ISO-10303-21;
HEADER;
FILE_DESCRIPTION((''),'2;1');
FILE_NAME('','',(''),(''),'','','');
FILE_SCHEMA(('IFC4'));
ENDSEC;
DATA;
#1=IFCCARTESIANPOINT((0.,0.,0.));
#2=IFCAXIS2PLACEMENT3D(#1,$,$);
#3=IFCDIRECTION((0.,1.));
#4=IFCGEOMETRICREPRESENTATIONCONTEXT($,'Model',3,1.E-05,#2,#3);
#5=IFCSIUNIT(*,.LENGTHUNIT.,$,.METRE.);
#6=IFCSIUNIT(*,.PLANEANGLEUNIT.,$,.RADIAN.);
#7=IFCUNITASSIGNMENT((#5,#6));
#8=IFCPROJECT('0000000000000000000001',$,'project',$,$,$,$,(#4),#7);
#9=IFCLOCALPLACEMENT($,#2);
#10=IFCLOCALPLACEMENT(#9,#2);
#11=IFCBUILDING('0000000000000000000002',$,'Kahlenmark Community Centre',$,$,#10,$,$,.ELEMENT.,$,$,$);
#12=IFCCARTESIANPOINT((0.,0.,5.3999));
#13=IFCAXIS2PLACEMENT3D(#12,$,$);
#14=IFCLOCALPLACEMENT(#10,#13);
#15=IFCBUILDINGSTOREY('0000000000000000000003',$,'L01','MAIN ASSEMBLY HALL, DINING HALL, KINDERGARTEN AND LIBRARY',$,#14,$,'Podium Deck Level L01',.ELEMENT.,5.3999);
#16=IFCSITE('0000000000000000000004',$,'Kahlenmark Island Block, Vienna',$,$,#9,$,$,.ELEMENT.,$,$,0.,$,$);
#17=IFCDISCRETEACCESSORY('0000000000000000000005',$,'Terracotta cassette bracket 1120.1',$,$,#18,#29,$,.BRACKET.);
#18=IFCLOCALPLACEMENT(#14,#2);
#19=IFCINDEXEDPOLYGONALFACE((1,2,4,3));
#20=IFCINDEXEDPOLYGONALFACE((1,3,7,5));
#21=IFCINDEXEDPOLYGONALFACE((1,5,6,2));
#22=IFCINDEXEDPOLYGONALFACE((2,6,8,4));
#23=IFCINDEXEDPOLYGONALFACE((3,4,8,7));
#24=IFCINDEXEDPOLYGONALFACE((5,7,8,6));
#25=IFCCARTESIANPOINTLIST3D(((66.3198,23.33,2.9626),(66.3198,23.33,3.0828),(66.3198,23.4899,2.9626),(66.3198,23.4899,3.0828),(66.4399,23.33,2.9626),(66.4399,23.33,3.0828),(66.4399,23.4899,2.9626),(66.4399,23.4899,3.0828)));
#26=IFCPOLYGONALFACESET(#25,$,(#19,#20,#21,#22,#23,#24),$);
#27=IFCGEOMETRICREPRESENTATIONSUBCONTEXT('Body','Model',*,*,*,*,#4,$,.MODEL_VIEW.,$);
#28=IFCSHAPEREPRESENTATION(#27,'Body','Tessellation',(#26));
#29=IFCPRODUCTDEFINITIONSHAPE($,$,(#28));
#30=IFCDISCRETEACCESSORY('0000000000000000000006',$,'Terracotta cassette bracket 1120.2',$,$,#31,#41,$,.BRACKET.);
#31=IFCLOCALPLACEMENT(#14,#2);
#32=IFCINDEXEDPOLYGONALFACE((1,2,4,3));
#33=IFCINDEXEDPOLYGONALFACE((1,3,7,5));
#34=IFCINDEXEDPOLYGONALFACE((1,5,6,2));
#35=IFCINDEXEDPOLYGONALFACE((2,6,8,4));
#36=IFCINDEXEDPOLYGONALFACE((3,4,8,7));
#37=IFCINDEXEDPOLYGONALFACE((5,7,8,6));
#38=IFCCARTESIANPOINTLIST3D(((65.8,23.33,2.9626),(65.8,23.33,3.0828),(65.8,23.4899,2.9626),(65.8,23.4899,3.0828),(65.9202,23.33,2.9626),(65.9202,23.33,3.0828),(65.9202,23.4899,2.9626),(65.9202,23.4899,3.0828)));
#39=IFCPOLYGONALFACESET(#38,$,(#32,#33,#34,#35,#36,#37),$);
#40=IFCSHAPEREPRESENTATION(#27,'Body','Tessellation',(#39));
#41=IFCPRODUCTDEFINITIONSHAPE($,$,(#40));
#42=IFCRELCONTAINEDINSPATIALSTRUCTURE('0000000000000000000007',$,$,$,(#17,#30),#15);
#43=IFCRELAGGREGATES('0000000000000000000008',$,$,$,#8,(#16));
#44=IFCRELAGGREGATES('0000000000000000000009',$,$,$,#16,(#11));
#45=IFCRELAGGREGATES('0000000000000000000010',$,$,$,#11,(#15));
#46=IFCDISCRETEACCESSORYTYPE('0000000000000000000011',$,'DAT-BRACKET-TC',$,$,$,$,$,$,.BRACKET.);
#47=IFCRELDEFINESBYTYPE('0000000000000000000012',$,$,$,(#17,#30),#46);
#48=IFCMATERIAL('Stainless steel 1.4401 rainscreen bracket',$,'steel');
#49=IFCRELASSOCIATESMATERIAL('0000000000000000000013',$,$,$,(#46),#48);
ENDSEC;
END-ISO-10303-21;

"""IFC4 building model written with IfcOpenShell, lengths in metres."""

from ifc_helpers import new_model, si_unit, direction, frame, origin, origin_2d, place, context, subcontext, project, spatial, rectangle, extrude, material, type_object, element, save


model = new_model("IFC4")

# Units and contexts
model_context = context("Model", 3, precision=1e-05, world=origin(), true_north=direction((0.0, 1.0)))
body_context = subcontext(model_context, "Body", "Model", "MODEL_VIEW")
ifc_project = project(units=[si_unit("LENGTHUNIT", "METRE"), si_unit("PLANEANGLEUNIT", "RADIAN")], contexts=[model_context])

# Site, building, storey
site_placement = place(None, origin())
site = spatial("IfcSite", under=ifc_project, at=site_placement, Name="Kahlenmark Island Block, Vienna", CompositionType="ELEMENT", RefElevation=0.0)
building_placement = place(site_placement, origin())
building = spatial("IfcBuilding", under=site, at=building_placement, Name="Kahlenmark Community Centre", CompositionType="ELEMENT")
storey_placement = place(building_placement, frame((0.0, 0.0, 5.3999)))
storey = spatial("IfcBuildingStorey", under=building, at=storey_placement, Name="L01", Description="MAIN ASSEMBLY HALL, DINING HALL, KINDERGARTEN AND LIBRARY", LongName="Podium Deck Level L01", CompositionType="ELEMENT", Elevation=5.3999)

# Discrete accessories
ifc_material_1 = material(Name="Stainless steel 1.4401 rainscreen bracket", Category="steel")
discrete_accessory_type = type_object("IfcDiscreteAccessoryType", Name="DAT-BRACKET-TC", PredefinedType="BRACKET", material=ifc_material_1)
for number, where, z_axis, x_axis, name in (
    (1, (66.3799, 23.4099, 2.9626), (0.0, 0.0, 1.0), (-1.0, 0.0, 0.0), "Terracotta cassette bracket 1120.1"),
    (2, (65.8601, 23.4099, 2.9626), (0.0, 0.0, 1.0), (-1.0, 0.0, 0.0), "Terracotta cassette bracket 1120.2"),
):
    element("IfcDiscreteAccessory", number, at=place(storey_placement, frame(where, z_axis=z_axis, x_axis=x_axis)), inside=storey, type_object=discrete_accessory_type, Name=name, PredefinedType="BRACKET", context=body_context, shape_type="SweptSolid", body=[
        extrude(rectangle(XDim=0.1201, YDim=0.1599, at=origin_2d()), origin(), (0.0, 0.0, 1.0), 0.1201),
    ])

save(model, "model.ifc")
